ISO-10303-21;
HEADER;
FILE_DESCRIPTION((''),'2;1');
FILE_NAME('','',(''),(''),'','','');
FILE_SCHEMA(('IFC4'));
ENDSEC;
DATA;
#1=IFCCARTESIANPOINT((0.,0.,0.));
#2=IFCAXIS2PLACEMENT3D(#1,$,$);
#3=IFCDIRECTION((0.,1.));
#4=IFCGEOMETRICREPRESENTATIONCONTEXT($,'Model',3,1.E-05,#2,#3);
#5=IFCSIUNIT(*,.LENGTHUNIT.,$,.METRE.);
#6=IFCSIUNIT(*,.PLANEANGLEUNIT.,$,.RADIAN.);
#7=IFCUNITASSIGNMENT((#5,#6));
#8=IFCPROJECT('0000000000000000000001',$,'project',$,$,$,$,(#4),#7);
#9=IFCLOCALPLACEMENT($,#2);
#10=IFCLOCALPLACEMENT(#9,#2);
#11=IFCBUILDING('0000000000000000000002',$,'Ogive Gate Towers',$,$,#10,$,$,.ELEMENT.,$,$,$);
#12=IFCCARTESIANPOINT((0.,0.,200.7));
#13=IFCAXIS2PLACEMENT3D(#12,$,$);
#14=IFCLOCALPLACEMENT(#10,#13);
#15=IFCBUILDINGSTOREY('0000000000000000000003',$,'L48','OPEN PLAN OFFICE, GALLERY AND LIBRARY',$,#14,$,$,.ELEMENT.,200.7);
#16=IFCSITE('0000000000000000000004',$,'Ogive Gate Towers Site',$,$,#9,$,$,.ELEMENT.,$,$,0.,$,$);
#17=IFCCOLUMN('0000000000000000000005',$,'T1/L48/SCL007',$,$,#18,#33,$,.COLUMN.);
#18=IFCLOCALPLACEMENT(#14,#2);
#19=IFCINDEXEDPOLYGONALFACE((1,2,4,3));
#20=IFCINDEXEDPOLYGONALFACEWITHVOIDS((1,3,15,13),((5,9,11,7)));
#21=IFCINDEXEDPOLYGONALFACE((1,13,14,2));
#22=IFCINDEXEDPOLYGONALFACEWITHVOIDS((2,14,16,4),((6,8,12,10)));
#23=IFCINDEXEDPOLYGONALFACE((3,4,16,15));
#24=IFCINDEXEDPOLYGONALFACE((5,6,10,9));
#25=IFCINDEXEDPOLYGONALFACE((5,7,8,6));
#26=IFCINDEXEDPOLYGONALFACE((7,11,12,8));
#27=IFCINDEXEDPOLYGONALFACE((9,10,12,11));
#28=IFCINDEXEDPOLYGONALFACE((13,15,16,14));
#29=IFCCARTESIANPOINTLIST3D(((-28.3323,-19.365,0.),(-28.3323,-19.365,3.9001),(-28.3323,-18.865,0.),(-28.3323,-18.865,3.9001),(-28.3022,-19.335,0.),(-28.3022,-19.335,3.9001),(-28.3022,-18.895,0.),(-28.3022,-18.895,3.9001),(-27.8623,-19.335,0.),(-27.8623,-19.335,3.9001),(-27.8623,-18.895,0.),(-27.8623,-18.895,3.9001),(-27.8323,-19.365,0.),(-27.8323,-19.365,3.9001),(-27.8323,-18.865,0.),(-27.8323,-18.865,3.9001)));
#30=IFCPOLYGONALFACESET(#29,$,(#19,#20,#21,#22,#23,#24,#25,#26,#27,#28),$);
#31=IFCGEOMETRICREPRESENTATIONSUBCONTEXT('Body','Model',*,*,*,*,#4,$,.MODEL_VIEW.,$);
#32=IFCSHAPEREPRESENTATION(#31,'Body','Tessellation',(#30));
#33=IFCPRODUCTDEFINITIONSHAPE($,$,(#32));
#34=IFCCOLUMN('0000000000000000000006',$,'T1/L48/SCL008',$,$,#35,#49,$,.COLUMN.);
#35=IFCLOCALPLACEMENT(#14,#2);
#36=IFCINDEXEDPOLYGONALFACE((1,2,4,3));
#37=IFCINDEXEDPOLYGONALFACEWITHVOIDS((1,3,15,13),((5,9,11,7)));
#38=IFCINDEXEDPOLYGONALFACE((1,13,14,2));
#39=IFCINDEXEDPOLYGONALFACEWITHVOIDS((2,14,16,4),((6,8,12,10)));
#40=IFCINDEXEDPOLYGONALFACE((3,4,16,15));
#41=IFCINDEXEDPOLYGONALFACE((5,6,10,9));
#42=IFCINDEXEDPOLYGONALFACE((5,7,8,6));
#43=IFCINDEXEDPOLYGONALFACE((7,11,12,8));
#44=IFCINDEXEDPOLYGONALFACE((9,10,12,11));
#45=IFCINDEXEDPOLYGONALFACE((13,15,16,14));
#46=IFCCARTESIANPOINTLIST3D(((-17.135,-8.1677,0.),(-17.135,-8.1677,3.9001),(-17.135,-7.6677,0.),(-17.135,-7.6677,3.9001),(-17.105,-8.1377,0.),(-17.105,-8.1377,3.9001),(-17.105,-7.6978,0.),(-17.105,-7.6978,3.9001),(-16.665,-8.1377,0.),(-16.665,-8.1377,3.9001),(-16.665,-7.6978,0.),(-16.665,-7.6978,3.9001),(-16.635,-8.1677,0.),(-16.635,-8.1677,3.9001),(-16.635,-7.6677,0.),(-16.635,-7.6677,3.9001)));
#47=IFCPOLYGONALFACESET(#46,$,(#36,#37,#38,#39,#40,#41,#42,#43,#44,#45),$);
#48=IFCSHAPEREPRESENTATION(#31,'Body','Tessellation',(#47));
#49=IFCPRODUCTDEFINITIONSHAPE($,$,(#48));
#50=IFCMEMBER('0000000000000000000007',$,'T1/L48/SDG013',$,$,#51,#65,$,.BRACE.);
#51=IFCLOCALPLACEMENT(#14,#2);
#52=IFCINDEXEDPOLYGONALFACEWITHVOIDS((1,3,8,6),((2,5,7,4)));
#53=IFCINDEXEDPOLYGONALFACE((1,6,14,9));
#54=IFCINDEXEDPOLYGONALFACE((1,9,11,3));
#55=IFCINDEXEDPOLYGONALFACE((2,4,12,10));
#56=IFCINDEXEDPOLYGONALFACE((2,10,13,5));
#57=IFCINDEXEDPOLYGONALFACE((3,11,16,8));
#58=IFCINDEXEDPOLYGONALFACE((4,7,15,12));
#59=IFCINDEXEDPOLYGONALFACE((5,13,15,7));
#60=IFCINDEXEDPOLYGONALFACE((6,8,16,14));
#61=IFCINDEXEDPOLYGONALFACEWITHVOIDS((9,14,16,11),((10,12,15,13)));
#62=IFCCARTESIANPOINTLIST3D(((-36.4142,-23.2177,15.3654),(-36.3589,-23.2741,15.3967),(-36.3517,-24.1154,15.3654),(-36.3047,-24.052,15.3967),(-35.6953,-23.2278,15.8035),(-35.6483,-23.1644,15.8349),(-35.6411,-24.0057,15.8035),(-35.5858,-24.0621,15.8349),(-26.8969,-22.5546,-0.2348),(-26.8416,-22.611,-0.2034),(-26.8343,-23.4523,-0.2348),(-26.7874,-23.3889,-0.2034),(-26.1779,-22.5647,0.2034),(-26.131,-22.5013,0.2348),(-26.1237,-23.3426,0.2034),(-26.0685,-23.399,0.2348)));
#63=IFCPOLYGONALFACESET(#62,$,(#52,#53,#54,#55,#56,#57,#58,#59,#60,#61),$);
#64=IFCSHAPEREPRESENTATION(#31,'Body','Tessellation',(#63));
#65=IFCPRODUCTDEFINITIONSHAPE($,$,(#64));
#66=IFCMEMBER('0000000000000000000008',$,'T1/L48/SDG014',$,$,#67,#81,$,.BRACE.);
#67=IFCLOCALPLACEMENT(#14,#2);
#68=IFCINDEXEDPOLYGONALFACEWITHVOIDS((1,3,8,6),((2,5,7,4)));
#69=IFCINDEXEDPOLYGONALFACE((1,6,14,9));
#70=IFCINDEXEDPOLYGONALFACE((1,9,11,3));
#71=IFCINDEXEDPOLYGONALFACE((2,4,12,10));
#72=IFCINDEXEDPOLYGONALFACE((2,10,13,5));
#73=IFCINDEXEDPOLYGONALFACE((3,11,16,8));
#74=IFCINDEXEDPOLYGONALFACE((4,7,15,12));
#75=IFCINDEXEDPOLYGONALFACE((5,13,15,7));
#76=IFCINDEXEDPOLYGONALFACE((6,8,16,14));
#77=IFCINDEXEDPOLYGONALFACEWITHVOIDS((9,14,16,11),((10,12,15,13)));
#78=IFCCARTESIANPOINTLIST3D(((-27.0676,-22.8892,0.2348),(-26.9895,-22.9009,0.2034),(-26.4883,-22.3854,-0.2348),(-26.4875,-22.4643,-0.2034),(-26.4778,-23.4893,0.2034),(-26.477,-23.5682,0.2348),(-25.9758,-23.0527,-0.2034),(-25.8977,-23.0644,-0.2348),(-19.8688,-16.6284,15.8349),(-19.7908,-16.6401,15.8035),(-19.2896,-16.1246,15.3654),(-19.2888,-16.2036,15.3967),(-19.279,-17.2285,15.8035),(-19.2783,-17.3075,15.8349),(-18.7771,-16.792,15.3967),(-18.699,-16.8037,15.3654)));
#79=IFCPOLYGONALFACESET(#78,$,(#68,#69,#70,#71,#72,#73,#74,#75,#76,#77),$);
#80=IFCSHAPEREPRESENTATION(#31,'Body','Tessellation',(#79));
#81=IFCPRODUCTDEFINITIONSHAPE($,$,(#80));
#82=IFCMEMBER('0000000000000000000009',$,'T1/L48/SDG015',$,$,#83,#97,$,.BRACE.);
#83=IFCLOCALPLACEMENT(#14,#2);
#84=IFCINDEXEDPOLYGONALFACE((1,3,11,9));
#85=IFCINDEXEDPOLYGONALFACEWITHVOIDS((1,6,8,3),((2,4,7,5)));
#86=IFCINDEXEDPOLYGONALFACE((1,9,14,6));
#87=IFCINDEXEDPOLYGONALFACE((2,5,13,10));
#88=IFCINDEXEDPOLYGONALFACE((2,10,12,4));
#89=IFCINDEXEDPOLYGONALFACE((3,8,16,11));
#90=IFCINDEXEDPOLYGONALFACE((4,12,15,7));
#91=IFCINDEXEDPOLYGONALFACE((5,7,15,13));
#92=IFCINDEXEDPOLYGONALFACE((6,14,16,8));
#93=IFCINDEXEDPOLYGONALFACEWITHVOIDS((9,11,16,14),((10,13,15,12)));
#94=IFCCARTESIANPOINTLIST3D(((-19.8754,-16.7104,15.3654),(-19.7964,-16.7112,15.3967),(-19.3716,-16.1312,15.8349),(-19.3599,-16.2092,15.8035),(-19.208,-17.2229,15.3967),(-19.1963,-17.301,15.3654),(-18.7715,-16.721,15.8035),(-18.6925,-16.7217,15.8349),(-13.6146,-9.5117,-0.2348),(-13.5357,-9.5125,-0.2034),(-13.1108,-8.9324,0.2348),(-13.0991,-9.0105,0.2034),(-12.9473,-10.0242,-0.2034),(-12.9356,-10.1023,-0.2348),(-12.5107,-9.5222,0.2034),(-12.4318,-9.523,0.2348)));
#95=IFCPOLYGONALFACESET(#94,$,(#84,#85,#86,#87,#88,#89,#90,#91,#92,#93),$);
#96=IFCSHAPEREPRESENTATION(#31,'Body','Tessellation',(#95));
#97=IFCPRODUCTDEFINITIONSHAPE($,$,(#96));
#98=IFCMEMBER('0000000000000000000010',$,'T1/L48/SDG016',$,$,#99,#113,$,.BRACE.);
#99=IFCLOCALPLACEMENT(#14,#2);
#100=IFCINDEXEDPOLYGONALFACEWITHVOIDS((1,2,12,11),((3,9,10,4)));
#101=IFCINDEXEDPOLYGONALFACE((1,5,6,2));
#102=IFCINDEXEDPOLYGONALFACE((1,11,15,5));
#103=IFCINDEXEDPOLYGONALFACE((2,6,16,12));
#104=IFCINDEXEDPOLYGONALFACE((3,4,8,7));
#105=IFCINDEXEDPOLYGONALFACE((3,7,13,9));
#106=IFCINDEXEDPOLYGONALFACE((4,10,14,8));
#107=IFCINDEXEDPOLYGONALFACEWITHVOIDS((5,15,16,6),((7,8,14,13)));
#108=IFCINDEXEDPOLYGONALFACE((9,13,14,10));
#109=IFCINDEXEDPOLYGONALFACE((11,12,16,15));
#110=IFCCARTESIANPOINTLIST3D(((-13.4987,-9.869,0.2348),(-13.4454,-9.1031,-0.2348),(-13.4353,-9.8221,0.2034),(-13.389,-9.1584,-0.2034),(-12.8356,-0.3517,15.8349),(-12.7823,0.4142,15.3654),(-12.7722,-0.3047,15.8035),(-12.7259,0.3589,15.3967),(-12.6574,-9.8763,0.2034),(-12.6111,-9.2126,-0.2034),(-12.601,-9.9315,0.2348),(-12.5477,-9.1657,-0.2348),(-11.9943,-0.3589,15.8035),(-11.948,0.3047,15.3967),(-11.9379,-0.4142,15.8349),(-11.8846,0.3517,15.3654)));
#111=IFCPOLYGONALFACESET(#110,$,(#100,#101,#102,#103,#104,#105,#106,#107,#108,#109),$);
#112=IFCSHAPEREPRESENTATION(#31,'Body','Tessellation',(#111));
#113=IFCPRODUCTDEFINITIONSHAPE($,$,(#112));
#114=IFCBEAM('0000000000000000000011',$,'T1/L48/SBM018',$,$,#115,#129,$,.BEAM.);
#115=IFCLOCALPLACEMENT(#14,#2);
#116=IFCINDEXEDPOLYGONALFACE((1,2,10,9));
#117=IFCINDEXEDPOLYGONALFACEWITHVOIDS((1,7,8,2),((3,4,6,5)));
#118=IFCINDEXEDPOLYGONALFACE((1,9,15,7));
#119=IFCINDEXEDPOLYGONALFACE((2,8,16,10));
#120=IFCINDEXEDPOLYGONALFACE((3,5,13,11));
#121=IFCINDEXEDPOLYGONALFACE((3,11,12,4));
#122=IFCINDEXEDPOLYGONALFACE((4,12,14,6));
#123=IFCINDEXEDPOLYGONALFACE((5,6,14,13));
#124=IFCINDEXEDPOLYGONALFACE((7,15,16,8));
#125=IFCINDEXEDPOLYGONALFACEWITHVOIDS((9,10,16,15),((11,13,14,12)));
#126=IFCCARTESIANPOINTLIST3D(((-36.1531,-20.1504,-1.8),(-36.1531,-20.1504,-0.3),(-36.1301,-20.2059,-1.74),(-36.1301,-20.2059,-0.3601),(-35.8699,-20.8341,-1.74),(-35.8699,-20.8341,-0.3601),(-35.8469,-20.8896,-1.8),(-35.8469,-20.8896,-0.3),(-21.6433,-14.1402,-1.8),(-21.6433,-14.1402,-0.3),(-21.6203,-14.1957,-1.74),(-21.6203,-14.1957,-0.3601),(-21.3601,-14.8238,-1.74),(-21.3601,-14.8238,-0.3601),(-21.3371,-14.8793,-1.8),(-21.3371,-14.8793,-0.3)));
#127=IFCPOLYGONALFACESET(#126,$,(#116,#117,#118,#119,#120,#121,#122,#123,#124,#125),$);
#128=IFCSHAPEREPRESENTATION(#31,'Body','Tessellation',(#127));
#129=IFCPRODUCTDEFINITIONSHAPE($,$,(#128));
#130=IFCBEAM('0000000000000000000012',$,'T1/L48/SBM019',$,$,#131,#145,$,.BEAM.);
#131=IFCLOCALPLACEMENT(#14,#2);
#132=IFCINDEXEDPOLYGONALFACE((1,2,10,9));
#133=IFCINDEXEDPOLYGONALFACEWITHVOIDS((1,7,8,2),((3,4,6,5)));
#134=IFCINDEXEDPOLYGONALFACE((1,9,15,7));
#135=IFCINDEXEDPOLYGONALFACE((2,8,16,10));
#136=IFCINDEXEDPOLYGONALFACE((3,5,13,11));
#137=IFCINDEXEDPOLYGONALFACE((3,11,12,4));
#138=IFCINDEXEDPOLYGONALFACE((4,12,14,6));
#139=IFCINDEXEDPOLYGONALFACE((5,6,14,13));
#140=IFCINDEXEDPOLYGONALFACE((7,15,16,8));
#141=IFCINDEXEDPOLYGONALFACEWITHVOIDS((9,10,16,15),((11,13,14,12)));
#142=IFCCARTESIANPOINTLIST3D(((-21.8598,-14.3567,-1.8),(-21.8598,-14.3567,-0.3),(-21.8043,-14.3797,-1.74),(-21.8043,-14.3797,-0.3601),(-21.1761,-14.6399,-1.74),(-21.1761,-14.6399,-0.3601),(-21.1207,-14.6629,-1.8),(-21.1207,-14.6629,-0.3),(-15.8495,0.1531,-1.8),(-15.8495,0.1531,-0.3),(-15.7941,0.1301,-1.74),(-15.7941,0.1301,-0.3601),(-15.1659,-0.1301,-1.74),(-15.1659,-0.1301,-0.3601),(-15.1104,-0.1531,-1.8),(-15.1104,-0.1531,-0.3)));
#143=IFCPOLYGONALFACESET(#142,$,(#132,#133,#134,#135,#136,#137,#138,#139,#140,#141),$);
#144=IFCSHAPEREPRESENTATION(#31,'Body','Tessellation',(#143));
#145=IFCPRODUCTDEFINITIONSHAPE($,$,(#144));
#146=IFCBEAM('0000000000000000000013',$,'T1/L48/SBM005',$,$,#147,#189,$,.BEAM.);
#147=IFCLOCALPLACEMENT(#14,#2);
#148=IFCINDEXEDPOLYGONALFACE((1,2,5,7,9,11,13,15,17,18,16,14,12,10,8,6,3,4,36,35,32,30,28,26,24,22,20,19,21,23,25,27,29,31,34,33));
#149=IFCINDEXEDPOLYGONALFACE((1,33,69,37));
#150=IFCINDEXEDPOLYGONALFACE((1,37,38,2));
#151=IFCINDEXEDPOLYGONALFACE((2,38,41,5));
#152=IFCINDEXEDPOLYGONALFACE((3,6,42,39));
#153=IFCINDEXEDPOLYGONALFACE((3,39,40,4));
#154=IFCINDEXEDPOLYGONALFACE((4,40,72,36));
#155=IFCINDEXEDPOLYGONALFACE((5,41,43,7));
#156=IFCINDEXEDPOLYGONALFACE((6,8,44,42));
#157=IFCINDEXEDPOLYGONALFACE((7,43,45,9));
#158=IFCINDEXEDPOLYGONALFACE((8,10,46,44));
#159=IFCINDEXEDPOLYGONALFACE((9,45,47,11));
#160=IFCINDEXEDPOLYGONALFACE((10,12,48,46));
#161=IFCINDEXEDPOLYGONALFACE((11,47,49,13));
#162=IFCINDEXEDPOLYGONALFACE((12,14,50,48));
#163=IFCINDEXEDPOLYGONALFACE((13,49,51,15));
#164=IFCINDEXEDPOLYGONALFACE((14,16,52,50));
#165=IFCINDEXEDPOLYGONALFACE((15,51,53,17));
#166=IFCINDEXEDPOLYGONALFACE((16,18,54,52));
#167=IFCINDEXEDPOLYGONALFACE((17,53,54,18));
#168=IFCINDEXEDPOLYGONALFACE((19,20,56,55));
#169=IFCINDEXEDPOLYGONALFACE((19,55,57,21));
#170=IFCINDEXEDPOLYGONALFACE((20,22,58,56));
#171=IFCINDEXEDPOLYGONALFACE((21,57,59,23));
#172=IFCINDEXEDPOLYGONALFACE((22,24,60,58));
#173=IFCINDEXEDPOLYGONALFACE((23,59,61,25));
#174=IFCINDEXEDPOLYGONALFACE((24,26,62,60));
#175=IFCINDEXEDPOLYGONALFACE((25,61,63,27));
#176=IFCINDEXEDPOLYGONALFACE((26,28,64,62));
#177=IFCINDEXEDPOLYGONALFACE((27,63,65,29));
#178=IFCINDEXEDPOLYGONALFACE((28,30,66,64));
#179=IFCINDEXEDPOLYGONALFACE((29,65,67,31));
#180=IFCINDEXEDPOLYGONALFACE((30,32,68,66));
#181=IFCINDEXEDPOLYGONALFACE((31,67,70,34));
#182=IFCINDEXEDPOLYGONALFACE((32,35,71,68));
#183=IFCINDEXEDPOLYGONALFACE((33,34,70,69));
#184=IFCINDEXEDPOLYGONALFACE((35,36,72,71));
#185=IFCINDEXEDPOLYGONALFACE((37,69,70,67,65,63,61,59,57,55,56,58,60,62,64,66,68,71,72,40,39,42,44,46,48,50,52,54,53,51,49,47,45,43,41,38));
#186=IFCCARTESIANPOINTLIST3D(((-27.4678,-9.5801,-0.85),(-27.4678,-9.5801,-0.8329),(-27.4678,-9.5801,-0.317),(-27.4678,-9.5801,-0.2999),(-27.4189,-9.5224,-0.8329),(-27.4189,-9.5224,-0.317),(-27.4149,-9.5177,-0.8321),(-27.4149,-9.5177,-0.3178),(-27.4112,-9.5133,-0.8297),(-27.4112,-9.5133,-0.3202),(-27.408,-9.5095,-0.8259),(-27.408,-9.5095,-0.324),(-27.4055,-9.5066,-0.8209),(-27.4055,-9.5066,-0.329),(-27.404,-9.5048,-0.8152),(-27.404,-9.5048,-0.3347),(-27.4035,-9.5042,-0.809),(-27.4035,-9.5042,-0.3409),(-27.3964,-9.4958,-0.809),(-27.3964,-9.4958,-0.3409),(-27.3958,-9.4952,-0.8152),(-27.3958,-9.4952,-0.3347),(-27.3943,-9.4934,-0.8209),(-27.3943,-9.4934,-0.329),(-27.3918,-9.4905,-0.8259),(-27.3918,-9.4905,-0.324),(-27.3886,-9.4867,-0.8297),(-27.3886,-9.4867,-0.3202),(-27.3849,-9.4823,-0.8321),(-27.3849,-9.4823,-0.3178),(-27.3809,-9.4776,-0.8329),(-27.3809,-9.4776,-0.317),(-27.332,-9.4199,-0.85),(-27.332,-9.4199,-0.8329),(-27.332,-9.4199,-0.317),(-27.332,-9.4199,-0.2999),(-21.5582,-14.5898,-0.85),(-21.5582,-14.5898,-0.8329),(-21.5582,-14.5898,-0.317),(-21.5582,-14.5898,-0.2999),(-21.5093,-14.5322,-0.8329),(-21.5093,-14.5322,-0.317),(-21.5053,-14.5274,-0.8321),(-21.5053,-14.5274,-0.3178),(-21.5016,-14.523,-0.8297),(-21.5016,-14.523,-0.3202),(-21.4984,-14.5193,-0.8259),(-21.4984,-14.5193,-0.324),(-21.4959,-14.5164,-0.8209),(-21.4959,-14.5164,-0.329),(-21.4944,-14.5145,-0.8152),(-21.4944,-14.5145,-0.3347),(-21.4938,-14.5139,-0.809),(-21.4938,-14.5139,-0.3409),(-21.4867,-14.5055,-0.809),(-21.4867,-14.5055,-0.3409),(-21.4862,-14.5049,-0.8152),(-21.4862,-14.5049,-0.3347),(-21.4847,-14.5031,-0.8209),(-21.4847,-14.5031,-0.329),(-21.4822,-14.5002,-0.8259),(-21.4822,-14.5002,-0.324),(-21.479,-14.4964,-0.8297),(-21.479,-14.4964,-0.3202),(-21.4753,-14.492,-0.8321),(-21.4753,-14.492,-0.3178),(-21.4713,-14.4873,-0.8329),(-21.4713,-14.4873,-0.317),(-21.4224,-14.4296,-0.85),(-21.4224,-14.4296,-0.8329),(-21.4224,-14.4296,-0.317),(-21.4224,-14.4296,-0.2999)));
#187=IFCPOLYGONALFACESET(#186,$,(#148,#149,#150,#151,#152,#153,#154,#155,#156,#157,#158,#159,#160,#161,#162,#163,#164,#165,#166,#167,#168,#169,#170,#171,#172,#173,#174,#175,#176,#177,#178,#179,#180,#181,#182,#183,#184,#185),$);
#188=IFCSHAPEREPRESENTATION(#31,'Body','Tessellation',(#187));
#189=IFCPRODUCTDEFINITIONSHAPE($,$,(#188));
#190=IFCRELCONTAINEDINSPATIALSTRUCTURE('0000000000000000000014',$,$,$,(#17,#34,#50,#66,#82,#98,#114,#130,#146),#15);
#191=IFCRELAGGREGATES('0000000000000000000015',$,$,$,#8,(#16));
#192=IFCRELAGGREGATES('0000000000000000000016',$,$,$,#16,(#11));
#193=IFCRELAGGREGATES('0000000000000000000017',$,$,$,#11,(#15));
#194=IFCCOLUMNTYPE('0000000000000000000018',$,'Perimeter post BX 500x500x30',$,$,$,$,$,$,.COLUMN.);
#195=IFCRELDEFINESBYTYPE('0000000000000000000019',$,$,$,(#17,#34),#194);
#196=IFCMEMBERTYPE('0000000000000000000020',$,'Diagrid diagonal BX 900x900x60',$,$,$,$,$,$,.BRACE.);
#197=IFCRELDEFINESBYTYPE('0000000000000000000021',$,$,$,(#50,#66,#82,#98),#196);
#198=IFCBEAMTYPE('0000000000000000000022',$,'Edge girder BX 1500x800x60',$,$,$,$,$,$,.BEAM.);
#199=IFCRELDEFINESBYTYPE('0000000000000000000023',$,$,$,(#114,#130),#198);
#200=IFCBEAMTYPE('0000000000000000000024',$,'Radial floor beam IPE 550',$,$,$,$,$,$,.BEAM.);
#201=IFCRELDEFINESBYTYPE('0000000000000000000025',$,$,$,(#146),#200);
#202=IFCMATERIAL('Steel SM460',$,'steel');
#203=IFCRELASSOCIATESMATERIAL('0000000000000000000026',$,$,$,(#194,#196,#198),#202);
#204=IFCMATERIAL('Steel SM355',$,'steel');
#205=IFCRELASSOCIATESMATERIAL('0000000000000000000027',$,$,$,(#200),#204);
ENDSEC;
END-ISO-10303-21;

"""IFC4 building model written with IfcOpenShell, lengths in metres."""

from ifc_helpers import new_model, si_unit, direction, frame, origin, origin_2d, place, context, subcontext, project, spatial, hollow_rectangle, i_section, extrude, material, material_profile, profile_set, type_object, element, save


model = new_model("IFC4")

# Units and contexts
model_context = context("Model", 3, precision=1e-05, world=origin(), true_north=direction((0.0, 1.0)))
body_context = subcontext(model_context, "Body", "Model", "MODEL_VIEW")
ifc_project = project(units=[si_unit("LENGTHUNIT", "METRE"), si_unit("PLANEANGLEUNIT", "RADIAN")], contexts=[model_context])

# Site, building, storey
site_placement = place(None, origin())
site = spatial("IfcSite", under=ifc_project, at=site_placement, Name="Ogive Gate Towers Site", CompositionType="ELEMENT", RefElevation=0.0)
building_placement = place(site_placement, origin())
building = spatial("IfcBuilding", under=site, at=building_placement, Name="Ogive Gate Towers", CompositionType="ELEMENT")
storey_placement = place(building_placement, frame((0.0, 0.0, 200.7)))
storey = spatial("IfcBuildingStorey", under=building, at=storey_placement, Name="L48", Description="OPEN PLAN OFFICE, GALLERY AND LIBRARY", CompositionType="ELEMENT", Elevation=200.7)

# Columns
ifc_material_1 = material(Name="Steel SM460", Category="steel")
ifc_material_profile_1 = material_profile(ifc_material_1, hollow_rectangle(XDim=0.5, YDim=0.5, WallThickness=0.03, at=origin_2d()), Name="BX 500x500x30")
ifc_profile_set_1 = profile_set([ifc_material_profile_1], Name="Steel SM460")
column_type = type_object("IfcColumnType", Name="Perimeter post BX 500x500x30", PredefinedType="COLUMN", material=ifc_profile_set_1)
for number, where, z_axis, x_axis, name in (
    (1, (-28.0823, -19.115, 0.0), (0.0, 0.0, 1.0), (1.0, 0.0, 0.0), "T1/L48/SCL007"),
    (2, (-16.885, -7.9177, 0.0), (0.0, 0.0, 1.0), (1.0, 0.0, 0.0), "T1/L48/SCL008"),
):
    element("IfcColumn", number, at=place(storey_placement, frame(where, z_axis=z_axis, x_axis=x_axis)), inside=storey, type_object=column_type, Name=name, PredefinedType="COLUMN", context=body_context, shape_type="SweptSolid", body=[
        extrude(hollow_rectangle(XDim=0.5, YDim=0.5, WallThickness=0.03, at=origin_2d()), origin(), (0.0, 0.0, 1.0), 3.9001),
    ])

# Members
ifc_material_profile_2 = material_profile(ifc_material_1, hollow_rectangle(XDim=0.8999, YDim=0.8999, WallThickness=0.0601, at=origin_2d()), Name="BX 900x900x60")
ifc_profile_set_2 = profile_set([ifc_material_profile_2], Name="Steel SM460")
member_type = type_object("IfcMemberType", Name="Diagrid diagonal BX 900x900x60", PredefinedType="BRACE", material=ifc_profile_set_2)
for number, where, z_axis, x_axis, name in (
    (3, (-26.4827, -22.9768, 0.0), (-0.520468, -0.036262, 0.853111), (0.069503, -0.997582, 0.0), "T1/L48/SDG013"),
    (4, (-26.4827, -22.9768, 0.0), (0.393672, 0.342377, 0.853112), (-0.656237, 0.754555, 0.0), "T1/L48/SDG014"),
    (5, (-13.0232, -9.5173, 0.0), (-0.342377, -0.393672, 0.853112), (0.754555, -0.656237, 0.0), "T1/L48/SDG015"),
    (6, (-13.0232, -9.5173, 0.0), (0.036262, 0.520468, 0.853111), (-0.997582, 0.069503, 0.0), "T1/L48/SDG016"),
):
    element("IfcMember", number, at=place(storey_placement, frame(where, z_axis=z_axis, x_axis=x_axis)), inside=storey, type_object=member_type, Name=name, PredefinedType="BRACE", context=body_context, shape_type="SweptSolid", body=[
        extrude(hollow_rectangle(XDim=0.8999, YDim=0.8999, WallThickness=0.0601, at=origin_2d()), origin(), (0.0, 0.0, 1.0), 18.2861),
    ])

# Beams
ifc_material_profile_3 = material_profile(ifc_material_1, hollow_rectangle(XDim=0.8, YDim=1.5, WallThickness=0.0601, at=origin_2d()), Name="BX 1500x800x60")
ifc_profile_set_3 = profile_set([ifc_material_profile_3], Name="Steel SM460")
beam_type_1 = type_object("IfcBeamType", Name="Edge girder BX 1500x800x60", PredefinedType="BEAM", material=ifc_profile_set_3)
for number, where, z_axis, x_axis, name in (
    (7, (-36.0, -20.52, -1.05), (0.923877, 0.38269, 0.0), (-0.38269, 0.923877, 0.0), "T1/L48/SBM018"),
    (8, (-21.4902, -14.5098, -1.05), (0.38269, 0.923877, 0.0), (-0.923877, 0.38269, 0.0), "T1/L48/SBM019"),
):
    element("IfcBeam", number, at=place(storey_placement, frame(where, z_axis=z_axis, x_axis=x_axis)), inside=storey, type_object=beam_type_1, Name=name, PredefinedType="BEAM", context=body_context, shape_type="SweptSolid", body=[
        extrude(hollow_rectangle(XDim=0.8, YDim=1.5, WallThickness=0.0601, at=origin_2d()), origin(), (0.0, 0.0, 1.0), 15.7053),
    ])
ifc_material_2 = material(Name="Steel SM355", Category="steel")
ifc_material_profile_4 = material_profile(ifc_material_2, i_section(OverallWidth=0.21, OverallDepth=0.55, WebThickness=0.011, FlangeThickness=0.0171, FilletRadius=0.0239, at=origin_2d()), Name="IPE 550")
ifc_profile_set_4 = profile_set([ifc_material_profile_4], Name="Steel SM355")
beam_type_2 = type_object("IfcBeamType", Name="Radial floor beam IPE 550", PredefinedType="BEAM", material=ifc_profile_set_4)
beam_1_placement = place(storey_placement, frame((-27.3999, -9.5, -0.575), z_axis=(0.762795, -0.64664, 0.0), x_axis=(0.64664, 0.762795, 0.0)))
element("IfcBeam", 9, at=beam_1_placement, inside=storey, type_object=beam_type_2, Name="T1/L48/SBM005", PredefinedType="BEAM", context=body_context, shape_type="SweptSolid", body=[
    extrude(i_section(OverallWidth=0.21, OverallDepth=0.55, WebThickness=0.011, FlangeThickness=0.0171, FilletRadius=0.0239, at=origin_2d()), origin(), (0.0, 0.0, 1.0), 7.7473),
])

save(model, "model.ifc")
